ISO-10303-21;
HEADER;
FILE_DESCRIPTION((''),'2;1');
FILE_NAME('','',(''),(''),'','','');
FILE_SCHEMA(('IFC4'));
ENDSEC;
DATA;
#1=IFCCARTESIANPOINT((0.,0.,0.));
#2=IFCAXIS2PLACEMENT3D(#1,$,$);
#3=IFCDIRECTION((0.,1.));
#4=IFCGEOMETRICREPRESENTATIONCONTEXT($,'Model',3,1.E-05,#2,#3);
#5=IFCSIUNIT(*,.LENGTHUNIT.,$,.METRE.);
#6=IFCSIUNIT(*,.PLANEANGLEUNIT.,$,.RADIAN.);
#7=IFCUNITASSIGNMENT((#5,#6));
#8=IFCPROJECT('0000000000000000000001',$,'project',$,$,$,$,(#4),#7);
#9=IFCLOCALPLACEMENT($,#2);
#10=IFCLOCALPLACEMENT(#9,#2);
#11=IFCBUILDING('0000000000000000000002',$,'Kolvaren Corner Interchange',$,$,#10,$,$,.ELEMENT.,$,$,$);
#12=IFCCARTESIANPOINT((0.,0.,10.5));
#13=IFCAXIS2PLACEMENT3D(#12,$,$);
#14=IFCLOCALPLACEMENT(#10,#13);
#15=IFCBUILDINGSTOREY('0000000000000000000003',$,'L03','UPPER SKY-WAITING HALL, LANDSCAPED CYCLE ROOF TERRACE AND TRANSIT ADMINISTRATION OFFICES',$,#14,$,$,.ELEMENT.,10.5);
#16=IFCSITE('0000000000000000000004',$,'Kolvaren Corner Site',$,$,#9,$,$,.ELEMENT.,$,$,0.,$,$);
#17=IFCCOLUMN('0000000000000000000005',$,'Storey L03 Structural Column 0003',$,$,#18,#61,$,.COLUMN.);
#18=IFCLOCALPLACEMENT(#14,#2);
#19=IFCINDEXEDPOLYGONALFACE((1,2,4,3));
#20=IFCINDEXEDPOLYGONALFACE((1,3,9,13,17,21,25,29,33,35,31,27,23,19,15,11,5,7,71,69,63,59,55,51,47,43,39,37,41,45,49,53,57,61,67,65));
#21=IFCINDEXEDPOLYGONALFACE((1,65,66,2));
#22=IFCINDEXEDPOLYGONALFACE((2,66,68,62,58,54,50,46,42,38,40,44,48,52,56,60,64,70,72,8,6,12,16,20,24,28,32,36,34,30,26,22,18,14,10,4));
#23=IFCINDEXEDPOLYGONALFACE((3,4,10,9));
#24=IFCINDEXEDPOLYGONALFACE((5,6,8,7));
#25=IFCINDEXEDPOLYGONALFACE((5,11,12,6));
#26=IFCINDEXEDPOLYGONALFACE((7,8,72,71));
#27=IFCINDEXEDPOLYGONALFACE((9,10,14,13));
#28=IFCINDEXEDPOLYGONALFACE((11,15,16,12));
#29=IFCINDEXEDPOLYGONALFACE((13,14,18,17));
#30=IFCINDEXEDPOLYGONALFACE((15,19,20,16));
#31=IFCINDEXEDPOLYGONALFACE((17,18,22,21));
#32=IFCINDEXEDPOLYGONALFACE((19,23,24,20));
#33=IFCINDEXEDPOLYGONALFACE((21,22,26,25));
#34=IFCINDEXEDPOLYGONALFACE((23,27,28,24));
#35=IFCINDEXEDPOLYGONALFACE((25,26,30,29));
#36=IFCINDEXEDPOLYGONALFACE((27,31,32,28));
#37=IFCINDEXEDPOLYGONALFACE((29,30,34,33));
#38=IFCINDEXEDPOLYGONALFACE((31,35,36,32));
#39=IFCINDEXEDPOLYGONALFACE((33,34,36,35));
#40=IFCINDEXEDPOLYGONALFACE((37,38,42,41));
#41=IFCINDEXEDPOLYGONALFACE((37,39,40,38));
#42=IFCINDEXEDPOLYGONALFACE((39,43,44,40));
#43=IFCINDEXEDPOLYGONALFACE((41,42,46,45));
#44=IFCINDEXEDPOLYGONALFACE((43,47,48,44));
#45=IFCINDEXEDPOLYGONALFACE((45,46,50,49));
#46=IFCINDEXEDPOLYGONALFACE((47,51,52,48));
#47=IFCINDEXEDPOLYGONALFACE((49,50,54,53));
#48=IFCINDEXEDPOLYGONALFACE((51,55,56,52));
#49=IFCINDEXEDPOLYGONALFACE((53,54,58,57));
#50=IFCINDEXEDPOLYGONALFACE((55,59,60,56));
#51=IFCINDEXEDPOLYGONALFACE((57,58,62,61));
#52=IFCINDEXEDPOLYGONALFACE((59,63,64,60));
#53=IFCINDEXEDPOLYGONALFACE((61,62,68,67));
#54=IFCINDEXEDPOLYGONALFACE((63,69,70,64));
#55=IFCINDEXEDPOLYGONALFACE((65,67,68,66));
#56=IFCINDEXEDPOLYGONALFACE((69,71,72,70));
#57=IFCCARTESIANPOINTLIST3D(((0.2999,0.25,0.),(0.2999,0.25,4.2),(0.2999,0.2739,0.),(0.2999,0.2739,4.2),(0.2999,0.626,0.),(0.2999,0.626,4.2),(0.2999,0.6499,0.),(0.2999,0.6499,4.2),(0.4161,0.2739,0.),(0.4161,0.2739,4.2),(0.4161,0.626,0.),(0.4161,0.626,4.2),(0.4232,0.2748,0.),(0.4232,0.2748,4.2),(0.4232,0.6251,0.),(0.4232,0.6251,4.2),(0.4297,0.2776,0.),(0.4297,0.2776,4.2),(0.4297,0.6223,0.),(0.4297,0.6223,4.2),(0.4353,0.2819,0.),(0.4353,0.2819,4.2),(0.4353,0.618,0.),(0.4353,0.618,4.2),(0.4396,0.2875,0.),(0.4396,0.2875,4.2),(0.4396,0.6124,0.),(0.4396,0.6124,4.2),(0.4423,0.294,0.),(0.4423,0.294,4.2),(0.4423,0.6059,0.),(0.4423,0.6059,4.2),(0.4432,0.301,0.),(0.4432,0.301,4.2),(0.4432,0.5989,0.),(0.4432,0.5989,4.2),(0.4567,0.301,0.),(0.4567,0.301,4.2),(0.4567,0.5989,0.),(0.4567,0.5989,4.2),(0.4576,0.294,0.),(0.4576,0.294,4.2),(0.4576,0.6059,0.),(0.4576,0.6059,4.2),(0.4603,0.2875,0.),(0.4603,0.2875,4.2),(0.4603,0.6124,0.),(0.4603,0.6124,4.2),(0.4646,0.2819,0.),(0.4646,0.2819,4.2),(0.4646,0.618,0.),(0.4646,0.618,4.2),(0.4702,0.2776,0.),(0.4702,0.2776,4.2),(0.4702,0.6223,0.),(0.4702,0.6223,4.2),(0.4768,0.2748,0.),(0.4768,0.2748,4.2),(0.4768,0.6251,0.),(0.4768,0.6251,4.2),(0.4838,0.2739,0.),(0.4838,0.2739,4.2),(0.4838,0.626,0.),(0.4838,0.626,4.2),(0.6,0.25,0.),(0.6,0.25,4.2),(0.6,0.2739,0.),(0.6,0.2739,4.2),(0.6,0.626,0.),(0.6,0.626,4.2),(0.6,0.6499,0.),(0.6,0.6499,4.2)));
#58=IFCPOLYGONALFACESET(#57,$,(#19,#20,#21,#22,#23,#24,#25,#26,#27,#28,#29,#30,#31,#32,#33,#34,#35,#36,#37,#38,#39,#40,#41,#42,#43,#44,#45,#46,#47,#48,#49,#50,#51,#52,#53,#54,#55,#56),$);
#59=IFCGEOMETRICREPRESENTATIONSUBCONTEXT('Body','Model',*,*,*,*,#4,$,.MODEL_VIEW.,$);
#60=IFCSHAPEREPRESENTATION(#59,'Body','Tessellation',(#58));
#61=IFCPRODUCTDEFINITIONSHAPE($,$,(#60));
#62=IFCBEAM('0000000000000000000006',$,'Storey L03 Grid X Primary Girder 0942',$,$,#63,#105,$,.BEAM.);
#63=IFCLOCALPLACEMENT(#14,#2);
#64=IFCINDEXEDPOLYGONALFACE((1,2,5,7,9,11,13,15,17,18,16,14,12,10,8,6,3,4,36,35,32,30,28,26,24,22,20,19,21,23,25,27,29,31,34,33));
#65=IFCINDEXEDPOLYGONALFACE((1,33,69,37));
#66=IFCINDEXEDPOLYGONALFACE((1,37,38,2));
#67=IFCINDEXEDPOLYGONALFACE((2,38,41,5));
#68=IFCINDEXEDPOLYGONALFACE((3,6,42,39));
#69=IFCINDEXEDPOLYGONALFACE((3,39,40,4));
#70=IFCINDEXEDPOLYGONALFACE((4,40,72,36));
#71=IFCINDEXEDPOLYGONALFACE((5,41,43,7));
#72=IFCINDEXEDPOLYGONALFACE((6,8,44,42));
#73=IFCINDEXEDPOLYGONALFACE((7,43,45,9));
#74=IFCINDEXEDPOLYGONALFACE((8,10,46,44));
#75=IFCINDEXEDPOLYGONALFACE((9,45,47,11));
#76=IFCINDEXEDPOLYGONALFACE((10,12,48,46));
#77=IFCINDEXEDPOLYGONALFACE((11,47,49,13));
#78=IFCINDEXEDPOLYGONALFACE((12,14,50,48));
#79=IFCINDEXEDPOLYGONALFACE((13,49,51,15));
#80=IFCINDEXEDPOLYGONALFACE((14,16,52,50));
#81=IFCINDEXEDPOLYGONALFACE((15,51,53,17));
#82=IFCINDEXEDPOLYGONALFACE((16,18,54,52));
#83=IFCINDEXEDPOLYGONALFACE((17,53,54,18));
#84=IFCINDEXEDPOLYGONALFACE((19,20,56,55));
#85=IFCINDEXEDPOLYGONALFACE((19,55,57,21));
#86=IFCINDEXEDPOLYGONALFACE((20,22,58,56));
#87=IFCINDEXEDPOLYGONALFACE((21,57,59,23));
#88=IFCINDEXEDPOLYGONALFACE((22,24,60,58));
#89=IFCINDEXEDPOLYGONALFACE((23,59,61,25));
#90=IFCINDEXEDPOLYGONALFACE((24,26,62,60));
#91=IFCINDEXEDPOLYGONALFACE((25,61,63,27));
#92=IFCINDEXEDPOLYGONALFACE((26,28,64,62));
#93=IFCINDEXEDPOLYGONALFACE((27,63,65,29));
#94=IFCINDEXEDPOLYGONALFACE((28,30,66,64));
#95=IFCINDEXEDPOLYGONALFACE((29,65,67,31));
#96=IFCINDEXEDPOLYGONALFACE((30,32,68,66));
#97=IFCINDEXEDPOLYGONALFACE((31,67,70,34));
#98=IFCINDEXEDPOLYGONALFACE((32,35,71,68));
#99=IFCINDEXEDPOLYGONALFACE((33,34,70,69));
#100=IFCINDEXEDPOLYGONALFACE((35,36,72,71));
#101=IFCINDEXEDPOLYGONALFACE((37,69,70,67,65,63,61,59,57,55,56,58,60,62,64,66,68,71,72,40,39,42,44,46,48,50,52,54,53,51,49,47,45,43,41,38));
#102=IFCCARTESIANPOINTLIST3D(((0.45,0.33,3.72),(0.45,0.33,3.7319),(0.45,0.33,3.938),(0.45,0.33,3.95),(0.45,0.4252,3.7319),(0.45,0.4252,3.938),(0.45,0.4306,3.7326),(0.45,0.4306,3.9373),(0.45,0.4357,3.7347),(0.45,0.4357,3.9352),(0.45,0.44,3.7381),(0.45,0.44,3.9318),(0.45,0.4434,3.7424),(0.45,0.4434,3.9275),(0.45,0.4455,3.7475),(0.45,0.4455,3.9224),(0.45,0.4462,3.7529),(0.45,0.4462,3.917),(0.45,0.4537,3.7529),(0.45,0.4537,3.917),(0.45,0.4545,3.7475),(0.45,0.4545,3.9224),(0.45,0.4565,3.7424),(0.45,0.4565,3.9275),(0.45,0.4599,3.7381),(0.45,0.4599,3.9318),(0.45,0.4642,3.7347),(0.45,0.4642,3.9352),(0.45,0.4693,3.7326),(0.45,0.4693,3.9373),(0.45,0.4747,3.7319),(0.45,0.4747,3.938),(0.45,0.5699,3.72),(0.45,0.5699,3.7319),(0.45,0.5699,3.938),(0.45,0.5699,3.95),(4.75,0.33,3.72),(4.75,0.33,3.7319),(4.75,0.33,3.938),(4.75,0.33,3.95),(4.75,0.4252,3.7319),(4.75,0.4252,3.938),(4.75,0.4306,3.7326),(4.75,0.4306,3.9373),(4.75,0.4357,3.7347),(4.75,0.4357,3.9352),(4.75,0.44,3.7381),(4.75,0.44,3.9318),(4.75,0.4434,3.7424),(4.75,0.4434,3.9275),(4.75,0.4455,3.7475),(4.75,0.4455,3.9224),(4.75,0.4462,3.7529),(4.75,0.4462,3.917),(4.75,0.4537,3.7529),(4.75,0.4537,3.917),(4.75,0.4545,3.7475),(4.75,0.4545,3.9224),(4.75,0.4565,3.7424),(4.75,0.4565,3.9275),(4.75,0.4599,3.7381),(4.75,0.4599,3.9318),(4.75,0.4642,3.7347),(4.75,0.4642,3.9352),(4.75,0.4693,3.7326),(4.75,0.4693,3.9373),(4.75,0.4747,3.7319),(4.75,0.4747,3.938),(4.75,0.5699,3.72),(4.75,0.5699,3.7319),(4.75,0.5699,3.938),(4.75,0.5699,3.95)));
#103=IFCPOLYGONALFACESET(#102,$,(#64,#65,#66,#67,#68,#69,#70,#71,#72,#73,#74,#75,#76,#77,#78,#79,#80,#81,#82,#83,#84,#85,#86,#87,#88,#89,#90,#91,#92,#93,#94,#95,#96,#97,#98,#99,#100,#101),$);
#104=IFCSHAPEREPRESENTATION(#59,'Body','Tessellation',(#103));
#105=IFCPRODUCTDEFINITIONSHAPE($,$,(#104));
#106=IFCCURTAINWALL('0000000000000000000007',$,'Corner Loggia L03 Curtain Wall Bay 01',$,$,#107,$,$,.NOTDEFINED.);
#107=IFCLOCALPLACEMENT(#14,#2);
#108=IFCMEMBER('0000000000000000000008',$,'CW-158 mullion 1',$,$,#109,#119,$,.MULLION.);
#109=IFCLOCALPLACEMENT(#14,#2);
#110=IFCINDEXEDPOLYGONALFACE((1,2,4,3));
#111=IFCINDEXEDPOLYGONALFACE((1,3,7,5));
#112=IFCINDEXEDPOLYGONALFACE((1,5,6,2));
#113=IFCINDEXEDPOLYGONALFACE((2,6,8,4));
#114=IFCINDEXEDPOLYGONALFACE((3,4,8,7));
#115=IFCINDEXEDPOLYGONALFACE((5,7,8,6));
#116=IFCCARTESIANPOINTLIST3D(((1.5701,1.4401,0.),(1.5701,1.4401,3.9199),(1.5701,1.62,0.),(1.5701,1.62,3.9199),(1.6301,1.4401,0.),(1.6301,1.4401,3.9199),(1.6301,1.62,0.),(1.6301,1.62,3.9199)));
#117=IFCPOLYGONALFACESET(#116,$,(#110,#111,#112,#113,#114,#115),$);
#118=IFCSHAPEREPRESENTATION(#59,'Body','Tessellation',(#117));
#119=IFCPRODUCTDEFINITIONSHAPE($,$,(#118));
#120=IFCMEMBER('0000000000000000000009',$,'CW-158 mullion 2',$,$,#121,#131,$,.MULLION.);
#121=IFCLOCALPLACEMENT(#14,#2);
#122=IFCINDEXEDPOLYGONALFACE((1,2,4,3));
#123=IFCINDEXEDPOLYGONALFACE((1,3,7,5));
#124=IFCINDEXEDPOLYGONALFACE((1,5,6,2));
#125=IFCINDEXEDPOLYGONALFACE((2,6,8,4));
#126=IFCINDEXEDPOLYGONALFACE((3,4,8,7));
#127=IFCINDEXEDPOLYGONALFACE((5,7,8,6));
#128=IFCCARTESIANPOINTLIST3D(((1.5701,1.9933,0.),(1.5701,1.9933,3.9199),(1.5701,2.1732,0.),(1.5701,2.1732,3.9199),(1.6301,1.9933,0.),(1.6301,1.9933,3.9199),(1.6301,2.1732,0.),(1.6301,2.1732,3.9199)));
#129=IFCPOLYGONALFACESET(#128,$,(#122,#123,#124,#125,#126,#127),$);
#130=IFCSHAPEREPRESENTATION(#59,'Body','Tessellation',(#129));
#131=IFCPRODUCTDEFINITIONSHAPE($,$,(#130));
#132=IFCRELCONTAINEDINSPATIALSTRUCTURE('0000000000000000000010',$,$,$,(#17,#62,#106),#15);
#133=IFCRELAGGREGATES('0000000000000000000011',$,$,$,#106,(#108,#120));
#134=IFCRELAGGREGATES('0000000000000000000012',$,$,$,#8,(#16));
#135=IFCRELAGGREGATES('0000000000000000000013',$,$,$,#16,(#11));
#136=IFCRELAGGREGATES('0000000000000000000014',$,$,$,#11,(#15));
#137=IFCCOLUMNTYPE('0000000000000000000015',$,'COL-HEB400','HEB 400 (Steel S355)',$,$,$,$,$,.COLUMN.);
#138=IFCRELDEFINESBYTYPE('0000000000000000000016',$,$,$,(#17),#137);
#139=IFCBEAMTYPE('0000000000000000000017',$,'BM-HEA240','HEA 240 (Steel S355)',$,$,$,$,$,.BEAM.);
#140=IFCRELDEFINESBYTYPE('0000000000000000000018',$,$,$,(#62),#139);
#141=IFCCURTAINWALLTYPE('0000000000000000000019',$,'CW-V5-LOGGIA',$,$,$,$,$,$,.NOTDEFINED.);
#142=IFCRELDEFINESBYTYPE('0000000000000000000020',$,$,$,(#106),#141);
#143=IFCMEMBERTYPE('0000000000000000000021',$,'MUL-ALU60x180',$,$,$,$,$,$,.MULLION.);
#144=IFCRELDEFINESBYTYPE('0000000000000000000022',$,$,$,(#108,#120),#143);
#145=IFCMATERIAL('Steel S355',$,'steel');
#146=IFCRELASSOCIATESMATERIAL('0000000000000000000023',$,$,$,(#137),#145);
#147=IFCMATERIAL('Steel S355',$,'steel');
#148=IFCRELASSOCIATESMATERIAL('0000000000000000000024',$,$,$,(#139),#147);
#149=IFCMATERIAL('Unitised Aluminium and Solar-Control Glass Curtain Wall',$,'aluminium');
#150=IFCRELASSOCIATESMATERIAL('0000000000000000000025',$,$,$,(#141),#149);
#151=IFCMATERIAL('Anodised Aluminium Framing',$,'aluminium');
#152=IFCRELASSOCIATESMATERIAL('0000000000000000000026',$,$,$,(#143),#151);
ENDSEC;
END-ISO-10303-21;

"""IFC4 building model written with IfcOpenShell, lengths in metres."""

from ifc_helpers import new_model, si_unit, direction, frame, origin, origin_2d, place, context, subcontext, project, spatial, rectangle, i_section, extrude, material, material_profile, profile_set, type_object, element, aggregate, save


model = new_model("IFC4")

# Units and contexts
model_context = context("Model", 3, precision=1e-05, world=origin(), true_north=direction((0.0, 1.0)))
body_context = subcontext(model_context, "Body", "Model", "MODEL_VIEW")
ifc_project = project(units=[si_unit("LENGTHUNIT", "METRE"), si_unit("PLANEANGLEUNIT", "RADIAN")], contexts=[model_context])

# Site, building, storey
site_placement = place(None, origin())
site = spatial("IfcSite", under=ifc_project, at=site_placement, Name="Kolvaren Corner Site", CompositionType="ELEMENT", RefElevation=0.0)
building_placement = place(site_placement, origin())
building = spatial("IfcBuilding", under=site, at=building_placement, Name="Kolvaren Corner Interchange", CompositionType="ELEMENT")
storey_placement = place(building_placement, frame((0.0, 0.0, 10.5)))
storey = spatial("IfcBuildingStorey", under=building, at=storey_placement, Name="L03", Description="UPPER SKY-WAITING HALL, LANDSCAPED CYCLE ROOF TERRACE AND TRANSIT ADMINISTRATION OFFICES", CompositionType="ELEMENT", Elevation=10.5)

# Column
ifc_material_1 = material(Name="Steel S355", Category="steel")
ifc_material_profile_1 = material_profile(ifc_material_1, i_section(OverallWidth=0.3, OverallDepth=0.3999, WebThickness=0.0134, FlangeThickness=0.0239, FilletRadius=0.0271, at=origin_2d()), Name="HEB 400")
ifc_profile_set_1 = profile_set([ifc_material_profile_1], Name="Steel S355")
column_type = type_object("IfcColumnType", Name="COL-HEB400", Description="HEB 400 (Steel S355)", PredefinedType="COLUMN", material=ifc_profile_set_1)
column_placement = place(storey_placement, frame((0.45, 0.45, 0.0), z_axis=(0.0, 0.0, 1.0), x_axis=(1.0, 0.0, 0.0)))
element("IfcColumn", 1, at=column_placement, inside=storey, type_object=column_type, Name="Storey L03 Structural Column 0003", PredefinedType="COLUMN", context=body_context, shape_type="SweptSolid", body=[
    extrude(i_section(OverallWidth=0.3, OverallDepth=0.3999, WebThickness=0.0134, FlangeThickness=0.0239, FilletRadius=0.0271, at=origin_2d()), origin(), (0.0, 0.0, 1.0), 4.2),
])

# Beam
ifc_material_2 = material(Name="Steel S355", Category="steel")
ifc_material_profile_2 = material_profile(ifc_material_2, i_section(OverallWidth=0.24, OverallDepth=0.23, WebThickness=0.0076, FlangeThickness=0.012, FilletRadius=0.021, at=origin_2d()), Name="HEA 240")
ifc_profile_set_2 = profile_set([ifc_material_profile_2], Name="Steel S355")
beam_type_1 = type_object("IfcBeamType", Name="BM-HEA240", Description="HEA 240 (Steel S355)", PredefinedType="BEAM", material=ifc_profile_set_2)
beam_1_placement = place(storey_placement, frame((0.45, 0.45, 3.835), z_axis=(1.0, 0.0, 0.0), x_axis=(0.0, 1.0, 0.0)))
element("IfcBeam", 2, at=beam_1_placement, inside=storey, type_object=beam_type_1, Name="Storey L03 Grid X Primary Girder 0942", PredefinedType="BEAM", context=body_context, shape_type="SweptSolid", body=[
    extrude(i_section(OverallWidth=0.24, OverallDepth=0.23, WebThickness=0.0076, FlangeThickness=0.012, FilletRadius=0.021, at=origin_2d()), origin(), (0.0, 0.0, 1.0), 4.3),
])

# Curtain wall, members
ifc_material_3 = material(Name="Unitised Aluminium and Solar-Control Glass Curtain Wall", Category="aluminium")
curtain_wall_type = type_object("IfcCurtainWallType", Name="CW-V5-LOGGIA", PredefinedType="NOTDEFINED", material=ifc_material_3)
curtain_wall_placement = place(storey_placement, origin())
curtain_wall = element("IfcCurtainWall", 3, at=curtain_wall_placement, inside=storey, type_object=curtain_wall_type, Name="Corner Loggia L03 Curtain Wall Bay 01", PredefinedType="NOTDEFINED")
ifc_material_4 = material(Name="Anodised Aluminium Framing", Category="aluminium")
ifc_material_profile_3 = material_profile(ifc_material_4, rectangle(XDim=0.0601, YDim=0.1799, at=origin_2d()), Name="ALU 60x180")
ifc_profile_set_3 = profile_set([ifc_material_profile_3], Name="Anodised Aluminium Framing")
member_type_1 = type_object("IfcMemberType", Name="MUL-ALU60x180", PredefinedType="MULLION", material=ifc_profile_set_3)
member_1_placement = place(storey_placement, frame((1.6001, 1.53, 0.0), z_axis=(0.0, 0.0, 1.0), x_axis=(-1.0, 0.0, 0.0)))
member_1 = element("IfcMember", 4, at=member_1_placement, type_object=member_type_1, Name="CW-158 mullion 1", PredefinedType="MULLION", context=body_context, shape_type="SweptSolid", body=[
    extrude(rectangle(XDim=0.0601, YDim=0.1799, at=origin_2d()), origin(), (0.0, 0.0, 1.0), 3.9199),
])
member_2_placement = place(storey_placement, frame((1.6001, 2.0833, 0.0), z_axis=(0.0, 0.0, 1.0), x_axis=(-1.0, 0.0, 0.0)))
member_2 = element("IfcMember", 5, at=member_2_placement, type_object=member_type_1, Name="CW-158 mullion 2", PredefinedType="MULLION", context=body_context, shape_type="SweptSolid", body=[
    extrude(rectangle(XDim=0.0601, YDim=0.1799, at=origin_2d()), origin(), (0.0, 0.0, 1.0), 3.9199),
])

aggregate(curtain_wall, [member_1, member_2])

save(model, "model.ifc")
